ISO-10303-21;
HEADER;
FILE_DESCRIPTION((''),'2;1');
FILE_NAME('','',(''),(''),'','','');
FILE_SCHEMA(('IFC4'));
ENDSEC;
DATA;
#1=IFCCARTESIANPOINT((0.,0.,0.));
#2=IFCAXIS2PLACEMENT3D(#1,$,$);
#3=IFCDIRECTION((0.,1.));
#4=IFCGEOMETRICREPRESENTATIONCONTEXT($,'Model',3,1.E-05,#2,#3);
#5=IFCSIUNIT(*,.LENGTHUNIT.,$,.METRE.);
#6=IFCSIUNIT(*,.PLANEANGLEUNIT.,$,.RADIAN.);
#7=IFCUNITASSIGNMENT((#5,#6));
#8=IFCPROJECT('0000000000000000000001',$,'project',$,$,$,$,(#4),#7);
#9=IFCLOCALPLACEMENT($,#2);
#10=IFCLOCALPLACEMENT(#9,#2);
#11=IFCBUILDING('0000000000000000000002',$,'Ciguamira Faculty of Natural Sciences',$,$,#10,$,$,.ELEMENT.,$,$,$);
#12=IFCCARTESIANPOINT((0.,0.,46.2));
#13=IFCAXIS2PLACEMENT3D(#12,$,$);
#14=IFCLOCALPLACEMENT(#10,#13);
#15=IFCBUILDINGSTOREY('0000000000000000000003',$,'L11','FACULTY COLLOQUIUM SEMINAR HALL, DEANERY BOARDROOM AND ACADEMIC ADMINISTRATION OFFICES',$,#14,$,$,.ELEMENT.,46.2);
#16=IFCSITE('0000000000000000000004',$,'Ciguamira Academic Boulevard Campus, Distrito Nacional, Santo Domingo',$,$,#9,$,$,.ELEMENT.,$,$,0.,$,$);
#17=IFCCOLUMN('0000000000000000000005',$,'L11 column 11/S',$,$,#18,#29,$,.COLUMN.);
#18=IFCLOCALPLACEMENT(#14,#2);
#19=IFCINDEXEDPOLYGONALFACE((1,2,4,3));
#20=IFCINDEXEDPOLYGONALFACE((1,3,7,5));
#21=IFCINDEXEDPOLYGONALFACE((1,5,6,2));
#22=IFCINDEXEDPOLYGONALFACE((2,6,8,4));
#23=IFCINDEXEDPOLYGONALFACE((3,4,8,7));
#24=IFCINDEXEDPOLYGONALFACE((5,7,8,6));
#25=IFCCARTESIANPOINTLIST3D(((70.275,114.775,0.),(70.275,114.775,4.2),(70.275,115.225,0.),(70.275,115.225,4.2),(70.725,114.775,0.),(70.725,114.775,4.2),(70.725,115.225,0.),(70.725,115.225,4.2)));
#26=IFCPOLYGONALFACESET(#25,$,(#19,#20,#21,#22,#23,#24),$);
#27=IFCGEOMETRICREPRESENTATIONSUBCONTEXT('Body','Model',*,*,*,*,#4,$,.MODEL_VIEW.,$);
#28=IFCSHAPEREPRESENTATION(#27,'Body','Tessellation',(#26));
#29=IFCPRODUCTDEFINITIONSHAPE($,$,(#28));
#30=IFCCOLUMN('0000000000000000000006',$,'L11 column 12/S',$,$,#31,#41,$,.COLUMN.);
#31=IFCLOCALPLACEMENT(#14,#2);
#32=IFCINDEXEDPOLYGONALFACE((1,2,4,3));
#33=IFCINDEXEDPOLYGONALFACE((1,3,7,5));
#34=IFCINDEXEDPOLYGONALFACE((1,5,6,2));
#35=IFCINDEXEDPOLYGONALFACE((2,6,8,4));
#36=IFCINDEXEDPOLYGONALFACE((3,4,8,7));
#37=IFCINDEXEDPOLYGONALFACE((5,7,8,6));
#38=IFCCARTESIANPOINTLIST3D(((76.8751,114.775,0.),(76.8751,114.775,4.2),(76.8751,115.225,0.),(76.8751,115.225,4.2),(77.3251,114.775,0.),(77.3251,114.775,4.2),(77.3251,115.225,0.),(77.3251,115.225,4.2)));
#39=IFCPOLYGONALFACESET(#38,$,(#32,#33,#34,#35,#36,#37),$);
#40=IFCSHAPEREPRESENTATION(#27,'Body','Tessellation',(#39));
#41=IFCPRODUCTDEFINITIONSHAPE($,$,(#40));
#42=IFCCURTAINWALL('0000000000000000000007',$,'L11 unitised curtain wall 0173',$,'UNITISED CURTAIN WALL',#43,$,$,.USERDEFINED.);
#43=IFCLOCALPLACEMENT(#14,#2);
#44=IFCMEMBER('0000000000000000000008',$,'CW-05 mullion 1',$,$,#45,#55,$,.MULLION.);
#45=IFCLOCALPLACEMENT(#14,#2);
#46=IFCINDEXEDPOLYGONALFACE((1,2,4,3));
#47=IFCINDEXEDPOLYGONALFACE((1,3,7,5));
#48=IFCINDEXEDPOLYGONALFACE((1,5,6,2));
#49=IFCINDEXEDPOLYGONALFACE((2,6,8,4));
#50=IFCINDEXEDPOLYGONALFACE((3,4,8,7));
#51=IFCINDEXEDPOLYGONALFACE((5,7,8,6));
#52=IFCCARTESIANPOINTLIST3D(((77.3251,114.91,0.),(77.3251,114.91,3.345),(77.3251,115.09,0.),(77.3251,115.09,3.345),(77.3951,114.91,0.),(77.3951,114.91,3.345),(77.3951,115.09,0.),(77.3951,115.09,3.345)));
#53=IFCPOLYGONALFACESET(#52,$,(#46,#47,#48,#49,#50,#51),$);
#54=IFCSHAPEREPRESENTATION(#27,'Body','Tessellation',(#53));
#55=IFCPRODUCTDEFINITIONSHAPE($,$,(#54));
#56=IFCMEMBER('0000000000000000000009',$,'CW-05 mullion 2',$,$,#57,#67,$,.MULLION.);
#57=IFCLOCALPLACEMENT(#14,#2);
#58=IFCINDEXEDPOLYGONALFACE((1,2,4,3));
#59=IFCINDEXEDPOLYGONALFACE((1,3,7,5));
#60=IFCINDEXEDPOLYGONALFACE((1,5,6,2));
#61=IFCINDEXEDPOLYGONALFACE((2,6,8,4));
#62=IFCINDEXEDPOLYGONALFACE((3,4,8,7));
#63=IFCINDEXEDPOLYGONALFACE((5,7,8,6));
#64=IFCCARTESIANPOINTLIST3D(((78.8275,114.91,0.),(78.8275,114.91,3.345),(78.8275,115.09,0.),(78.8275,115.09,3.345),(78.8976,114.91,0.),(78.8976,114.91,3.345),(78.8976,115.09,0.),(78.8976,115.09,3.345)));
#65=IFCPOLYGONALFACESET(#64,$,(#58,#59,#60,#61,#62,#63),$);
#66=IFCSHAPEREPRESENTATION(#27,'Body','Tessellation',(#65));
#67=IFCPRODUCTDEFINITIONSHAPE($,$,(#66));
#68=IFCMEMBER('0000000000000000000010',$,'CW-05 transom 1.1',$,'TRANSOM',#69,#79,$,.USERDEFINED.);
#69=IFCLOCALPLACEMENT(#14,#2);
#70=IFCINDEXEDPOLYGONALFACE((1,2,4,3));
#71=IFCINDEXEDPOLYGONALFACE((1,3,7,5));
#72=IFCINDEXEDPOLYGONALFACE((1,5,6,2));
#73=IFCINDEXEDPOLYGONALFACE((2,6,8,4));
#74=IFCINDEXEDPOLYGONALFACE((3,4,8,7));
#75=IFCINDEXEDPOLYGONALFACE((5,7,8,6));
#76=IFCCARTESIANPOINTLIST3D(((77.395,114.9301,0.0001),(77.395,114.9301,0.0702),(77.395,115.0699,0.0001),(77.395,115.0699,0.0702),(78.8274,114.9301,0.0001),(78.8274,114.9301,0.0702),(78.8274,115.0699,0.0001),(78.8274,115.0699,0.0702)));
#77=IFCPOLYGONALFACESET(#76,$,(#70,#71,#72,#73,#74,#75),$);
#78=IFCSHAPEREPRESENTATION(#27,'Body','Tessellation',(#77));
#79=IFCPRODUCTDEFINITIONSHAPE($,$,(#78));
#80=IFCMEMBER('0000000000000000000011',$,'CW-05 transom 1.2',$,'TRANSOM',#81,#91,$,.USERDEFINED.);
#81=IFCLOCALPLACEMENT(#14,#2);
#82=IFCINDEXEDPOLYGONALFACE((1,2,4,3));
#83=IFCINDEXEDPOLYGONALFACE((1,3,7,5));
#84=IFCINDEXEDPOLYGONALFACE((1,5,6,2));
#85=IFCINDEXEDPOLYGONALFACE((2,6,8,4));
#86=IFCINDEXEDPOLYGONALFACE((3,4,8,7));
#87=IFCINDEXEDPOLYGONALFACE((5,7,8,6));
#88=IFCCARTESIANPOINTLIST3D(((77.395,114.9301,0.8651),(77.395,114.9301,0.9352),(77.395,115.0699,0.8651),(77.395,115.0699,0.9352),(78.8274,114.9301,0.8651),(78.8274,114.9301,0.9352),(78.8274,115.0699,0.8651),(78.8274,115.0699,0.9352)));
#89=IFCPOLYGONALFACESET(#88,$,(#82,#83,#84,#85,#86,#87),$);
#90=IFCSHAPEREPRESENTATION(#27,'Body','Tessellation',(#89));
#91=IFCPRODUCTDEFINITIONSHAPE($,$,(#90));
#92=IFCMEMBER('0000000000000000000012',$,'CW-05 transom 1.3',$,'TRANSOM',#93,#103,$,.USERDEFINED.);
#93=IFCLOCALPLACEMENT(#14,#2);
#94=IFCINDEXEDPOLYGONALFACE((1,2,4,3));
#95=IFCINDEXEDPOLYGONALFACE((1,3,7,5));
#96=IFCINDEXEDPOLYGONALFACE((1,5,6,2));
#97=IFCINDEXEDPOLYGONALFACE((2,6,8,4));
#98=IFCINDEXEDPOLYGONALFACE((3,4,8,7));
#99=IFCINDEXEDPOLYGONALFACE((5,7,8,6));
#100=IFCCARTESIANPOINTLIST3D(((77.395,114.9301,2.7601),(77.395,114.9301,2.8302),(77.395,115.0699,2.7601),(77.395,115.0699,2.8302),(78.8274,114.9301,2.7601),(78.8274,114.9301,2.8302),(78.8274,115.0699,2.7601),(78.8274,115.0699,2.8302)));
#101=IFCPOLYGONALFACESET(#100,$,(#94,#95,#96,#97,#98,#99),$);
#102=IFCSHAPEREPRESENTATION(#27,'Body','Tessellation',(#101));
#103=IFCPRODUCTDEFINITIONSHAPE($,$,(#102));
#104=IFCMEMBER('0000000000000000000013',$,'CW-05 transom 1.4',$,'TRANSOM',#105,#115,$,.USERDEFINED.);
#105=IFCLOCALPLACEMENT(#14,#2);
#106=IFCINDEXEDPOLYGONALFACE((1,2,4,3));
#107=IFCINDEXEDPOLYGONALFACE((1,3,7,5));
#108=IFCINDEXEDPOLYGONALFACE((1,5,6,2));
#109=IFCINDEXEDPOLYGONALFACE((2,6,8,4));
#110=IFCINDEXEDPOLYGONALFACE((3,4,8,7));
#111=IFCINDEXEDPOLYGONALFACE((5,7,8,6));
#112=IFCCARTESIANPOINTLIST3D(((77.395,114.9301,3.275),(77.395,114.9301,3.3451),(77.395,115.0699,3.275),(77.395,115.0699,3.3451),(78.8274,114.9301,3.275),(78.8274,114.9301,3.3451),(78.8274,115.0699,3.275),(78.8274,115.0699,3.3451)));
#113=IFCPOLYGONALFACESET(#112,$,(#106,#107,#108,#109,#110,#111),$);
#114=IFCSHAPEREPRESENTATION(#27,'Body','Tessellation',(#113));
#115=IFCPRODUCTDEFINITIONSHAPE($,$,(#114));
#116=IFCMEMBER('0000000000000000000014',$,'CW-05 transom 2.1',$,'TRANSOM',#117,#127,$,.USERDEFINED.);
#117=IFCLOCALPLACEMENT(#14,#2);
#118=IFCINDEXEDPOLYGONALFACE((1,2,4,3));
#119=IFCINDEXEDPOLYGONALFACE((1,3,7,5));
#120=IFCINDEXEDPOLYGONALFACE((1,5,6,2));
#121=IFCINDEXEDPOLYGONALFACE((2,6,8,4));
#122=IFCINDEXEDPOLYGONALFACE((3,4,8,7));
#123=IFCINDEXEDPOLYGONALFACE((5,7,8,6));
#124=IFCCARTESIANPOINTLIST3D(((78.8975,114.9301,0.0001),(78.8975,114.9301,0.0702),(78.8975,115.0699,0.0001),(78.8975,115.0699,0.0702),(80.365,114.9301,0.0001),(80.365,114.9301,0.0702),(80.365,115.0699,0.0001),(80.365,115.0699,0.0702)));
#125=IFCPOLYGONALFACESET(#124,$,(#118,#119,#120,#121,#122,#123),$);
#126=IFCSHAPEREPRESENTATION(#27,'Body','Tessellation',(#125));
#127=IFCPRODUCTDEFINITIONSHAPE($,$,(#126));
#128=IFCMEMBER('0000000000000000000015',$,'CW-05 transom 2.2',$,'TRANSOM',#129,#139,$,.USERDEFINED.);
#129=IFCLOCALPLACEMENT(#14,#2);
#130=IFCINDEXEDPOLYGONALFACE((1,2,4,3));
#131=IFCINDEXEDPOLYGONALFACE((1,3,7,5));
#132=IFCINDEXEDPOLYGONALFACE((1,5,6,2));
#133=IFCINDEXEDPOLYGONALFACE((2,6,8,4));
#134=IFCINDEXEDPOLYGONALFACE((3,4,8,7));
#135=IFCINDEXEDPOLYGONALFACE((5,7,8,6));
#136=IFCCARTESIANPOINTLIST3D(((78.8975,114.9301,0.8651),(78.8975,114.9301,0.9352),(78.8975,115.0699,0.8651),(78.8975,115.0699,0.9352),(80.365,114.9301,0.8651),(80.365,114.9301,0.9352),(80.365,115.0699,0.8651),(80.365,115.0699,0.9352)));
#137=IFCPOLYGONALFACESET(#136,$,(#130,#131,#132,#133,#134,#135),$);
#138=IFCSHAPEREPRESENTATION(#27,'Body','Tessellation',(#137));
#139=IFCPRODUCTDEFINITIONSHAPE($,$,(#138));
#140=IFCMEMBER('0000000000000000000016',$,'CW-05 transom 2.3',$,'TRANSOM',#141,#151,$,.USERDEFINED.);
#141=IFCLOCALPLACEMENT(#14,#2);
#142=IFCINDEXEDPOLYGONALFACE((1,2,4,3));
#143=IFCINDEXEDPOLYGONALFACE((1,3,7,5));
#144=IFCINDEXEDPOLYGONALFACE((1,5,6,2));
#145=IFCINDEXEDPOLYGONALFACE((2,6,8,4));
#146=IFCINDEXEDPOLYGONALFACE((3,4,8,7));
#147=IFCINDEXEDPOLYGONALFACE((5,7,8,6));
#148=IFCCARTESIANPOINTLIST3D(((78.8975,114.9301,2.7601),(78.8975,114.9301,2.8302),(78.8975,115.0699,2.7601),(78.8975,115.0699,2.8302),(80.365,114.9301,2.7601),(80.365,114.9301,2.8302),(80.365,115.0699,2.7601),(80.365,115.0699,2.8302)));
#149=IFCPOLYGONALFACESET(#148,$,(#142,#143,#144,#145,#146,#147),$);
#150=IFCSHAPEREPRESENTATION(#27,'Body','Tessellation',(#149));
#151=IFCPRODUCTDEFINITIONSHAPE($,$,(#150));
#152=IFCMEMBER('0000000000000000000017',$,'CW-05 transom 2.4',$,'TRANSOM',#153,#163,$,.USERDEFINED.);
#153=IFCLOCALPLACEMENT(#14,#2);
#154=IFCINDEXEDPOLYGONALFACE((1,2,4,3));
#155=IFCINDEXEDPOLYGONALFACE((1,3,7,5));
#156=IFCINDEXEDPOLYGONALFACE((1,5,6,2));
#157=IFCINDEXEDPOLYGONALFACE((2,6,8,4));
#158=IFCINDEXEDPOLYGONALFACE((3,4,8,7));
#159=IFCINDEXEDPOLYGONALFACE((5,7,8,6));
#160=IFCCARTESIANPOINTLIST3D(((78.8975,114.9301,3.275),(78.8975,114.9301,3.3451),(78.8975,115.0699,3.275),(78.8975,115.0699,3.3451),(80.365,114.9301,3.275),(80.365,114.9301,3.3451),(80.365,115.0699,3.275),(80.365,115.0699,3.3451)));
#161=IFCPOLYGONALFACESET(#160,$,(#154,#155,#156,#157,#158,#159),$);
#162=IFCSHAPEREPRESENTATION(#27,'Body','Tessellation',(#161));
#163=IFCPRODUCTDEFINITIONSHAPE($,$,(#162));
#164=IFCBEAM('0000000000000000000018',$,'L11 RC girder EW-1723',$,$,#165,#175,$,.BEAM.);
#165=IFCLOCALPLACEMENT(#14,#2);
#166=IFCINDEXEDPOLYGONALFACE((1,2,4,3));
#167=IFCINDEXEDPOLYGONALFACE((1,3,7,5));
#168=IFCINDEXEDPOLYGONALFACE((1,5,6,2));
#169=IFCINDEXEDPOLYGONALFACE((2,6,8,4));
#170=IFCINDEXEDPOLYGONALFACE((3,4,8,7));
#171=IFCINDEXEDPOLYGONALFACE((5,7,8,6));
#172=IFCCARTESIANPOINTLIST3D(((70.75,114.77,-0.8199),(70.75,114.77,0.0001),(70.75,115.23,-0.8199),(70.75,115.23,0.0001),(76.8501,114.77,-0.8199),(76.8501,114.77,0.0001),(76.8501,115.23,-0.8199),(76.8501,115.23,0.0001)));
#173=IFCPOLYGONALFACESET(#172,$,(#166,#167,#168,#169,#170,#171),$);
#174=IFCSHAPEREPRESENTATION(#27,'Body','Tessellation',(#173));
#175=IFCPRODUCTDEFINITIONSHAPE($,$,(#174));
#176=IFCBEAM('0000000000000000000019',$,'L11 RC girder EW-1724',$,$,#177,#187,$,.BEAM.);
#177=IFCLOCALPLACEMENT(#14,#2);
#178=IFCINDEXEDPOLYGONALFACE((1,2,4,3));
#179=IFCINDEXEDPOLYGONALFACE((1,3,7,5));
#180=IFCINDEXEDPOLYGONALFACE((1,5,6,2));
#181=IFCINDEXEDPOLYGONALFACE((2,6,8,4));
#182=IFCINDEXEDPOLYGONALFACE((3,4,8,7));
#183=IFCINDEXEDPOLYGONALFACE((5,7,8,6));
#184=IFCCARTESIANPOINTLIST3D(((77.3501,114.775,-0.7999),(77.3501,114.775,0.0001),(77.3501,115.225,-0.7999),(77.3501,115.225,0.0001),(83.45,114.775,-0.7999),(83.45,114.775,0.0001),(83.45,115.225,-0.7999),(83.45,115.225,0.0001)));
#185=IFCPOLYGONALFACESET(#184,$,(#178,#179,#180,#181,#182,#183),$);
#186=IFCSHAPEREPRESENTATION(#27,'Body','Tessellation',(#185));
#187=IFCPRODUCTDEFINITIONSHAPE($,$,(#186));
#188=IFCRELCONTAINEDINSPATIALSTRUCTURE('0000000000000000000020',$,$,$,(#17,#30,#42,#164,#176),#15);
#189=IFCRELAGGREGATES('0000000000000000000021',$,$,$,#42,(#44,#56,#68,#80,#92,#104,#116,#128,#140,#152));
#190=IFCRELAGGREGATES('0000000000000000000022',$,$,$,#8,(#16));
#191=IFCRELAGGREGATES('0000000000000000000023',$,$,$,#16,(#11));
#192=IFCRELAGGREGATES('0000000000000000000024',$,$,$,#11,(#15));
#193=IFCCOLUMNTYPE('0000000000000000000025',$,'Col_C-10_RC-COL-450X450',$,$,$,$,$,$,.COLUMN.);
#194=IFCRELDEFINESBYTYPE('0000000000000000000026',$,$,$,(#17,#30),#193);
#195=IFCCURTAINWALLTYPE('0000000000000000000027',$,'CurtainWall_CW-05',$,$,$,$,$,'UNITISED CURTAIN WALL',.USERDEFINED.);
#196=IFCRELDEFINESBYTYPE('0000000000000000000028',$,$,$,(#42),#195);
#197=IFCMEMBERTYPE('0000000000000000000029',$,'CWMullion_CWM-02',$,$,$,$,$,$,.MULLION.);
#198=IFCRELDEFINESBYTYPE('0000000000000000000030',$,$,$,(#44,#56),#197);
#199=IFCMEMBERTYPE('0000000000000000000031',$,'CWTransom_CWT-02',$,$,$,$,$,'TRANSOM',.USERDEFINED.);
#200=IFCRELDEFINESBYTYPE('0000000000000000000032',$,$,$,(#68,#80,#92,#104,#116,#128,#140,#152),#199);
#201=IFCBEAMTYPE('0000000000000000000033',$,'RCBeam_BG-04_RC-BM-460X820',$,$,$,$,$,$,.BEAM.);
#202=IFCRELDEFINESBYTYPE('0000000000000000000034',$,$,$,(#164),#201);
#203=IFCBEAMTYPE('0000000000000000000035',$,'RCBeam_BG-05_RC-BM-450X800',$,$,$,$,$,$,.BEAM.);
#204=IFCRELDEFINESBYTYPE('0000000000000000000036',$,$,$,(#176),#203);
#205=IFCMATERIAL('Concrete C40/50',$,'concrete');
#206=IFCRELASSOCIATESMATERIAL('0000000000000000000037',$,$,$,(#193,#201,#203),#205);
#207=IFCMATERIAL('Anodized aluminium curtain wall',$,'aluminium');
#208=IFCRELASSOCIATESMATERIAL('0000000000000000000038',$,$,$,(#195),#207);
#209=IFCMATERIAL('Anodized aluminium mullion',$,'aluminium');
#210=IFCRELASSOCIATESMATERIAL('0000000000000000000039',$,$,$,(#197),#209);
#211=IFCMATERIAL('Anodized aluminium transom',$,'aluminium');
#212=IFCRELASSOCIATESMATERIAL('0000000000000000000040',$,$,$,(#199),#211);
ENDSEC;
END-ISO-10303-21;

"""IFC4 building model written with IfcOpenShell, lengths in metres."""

from ifc_helpers import new_model, si_unit, direction, frame, origin, origin_2d, place, context, subcontext, project, spatial, rectangle, extrude, material, material_profile, profile_set, type_object, element, aggregate, save


model = new_model("IFC4")

# Units and contexts
model_context = context("Model", 3, precision=1e-05, world=origin(), true_north=direction((0.0, 1.0)))
body_context = subcontext(model_context, "Body", "Model", "MODEL_VIEW")
ifc_project = project(units=[si_unit("LENGTHUNIT", "METRE"), si_unit("PLANEANGLEUNIT", "RADIAN")], contexts=[model_context])

# Site, building, storey
site_placement = place(None, origin())
site = spatial("IfcSite", under=ifc_project, at=site_placement, Name="Ciguamira Academic Boulevard Campus, Distrito Nacional, Santo Domingo", CompositionType="ELEMENT", RefElevation=0.0)
building_placement = place(site_placement, origin())
building = spatial("IfcBuilding", under=site, at=building_placement, Name="Ciguamira Faculty of Natural Sciences", CompositionType="ELEMENT")
storey_placement = place(building_placement, frame((0.0, 0.0, 46.2)))
storey = spatial("IfcBuildingStorey", under=building, at=storey_placement, Name="L11", Description="FACULTY COLLOQUIUM SEMINAR HALL, DEANERY BOARDROOM AND ACADEMIC ADMINISTRATION OFFICES", CompositionType="ELEMENT", Elevation=46.2)

# Columns
ifc_material_1 = material(Name="Concrete C40/50", Category="concrete")
ifc_material_profile_1 = material_profile(ifc_material_1, rectangle(XDim=0.45, YDim=0.45, at=origin_2d()), Name="RC-COL-450X450")
ifc_profile_set_1 = profile_set([ifc_material_profile_1], Name="Concrete C40/50")
column_type = type_object("IfcColumnType", Name="Col_C-10_RC-COL-450X450", PredefinedType="COLUMN", material=ifc_profile_set_1)
for number, where, z_axis, x_axis, name in (
    (1, (70.5, 115.0, 0.0), (0.0, 0.0, 1.0), (1.0, 0.0, 0.0), "L11 column 11/S"),
    (2, (77.1001, 115.0, 0.0), (0.0, 0.0, 1.0), (1.0, 0.0, 0.0), "L11 column 12/S"),
):
    element("IfcColumn", number, at=place(storey_placement, frame(where, z_axis=z_axis, x_axis=x_axis)), inside=storey, type_object=column_type, Name=name, PredefinedType="COLUMN", context=body_context, shape_type="SweptSolid", body=[
        extrude(rectangle(XDim=0.45, YDim=0.45, at=origin_2d()), origin(), (0.0, 0.0, 1.0), 4.2),
    ])

# Curtain wall, members
ifc_material_2 = material(Name="Anodized aluminium curtain wall", Category="aluminium")
curtain_wall_type = type_object("IfcCurtainWallType", Name="CurtainWall_CW-05", ElementType="UNITISED CURTAIN WALL", PredefinedType="USERDEFINED", material=ifc_material_2)
curtain_wall_placement = place(storey_placement, origin())
curtain_wall = element("IfcCurtainWall", 3, at=curtain_wall_placement, inside=storey, type_object=curtain_wall_type, Name="L11 unitised curtain wall 0173", ObjectType="UNITISED CURTAIN WALL", PredefinedType="USERDEFINED")
ifc_material_3 = material(Name="Anodized aluminium mullion", Category="aluminium")
ifc_material_profile_2 = material_profile(ifc_material_3, rectangle(XDim=0.0701, YDim=0.1799, at=origin_2d()), Name="ALU-MUL-70X180")
ifc_profile_set_2 = profile_set([ifc_material_profile_2], Name="Anodized aluminium mullion")
member_type_1 = type_object("IfcMemberType", Name="CWMullion_CWM-02", PredefinedType="MULLION", material=ifc_profile_set_2)
member_1_placement = place(storey_placement, frame((77.3601, 115.0, 0.0), z_axis=(0.0, 0.0, 1.0), x_axis=(1.0, 0.0, 0.0)))
member_1 = element("IfcMember", 4, at=member_1_placement, type_object=member_type_1, Name="CW-05 mullion 1", PredefinedType="MULLION", context=body_context, shape_type="SweptSolid", body=[
    extrude(rectangle(XDim=0.0701, YDim=0.1799, at=origin_2d()), origin(), (0.0, 0.0, 1.0), 3.345),
])
member_2_placement = place(storey_placement, frame((78.8625, 115.0, 0.0), z_axis=(0.0, 0.0, 1.0), x_axis=(1.0, 0.0, 0.0)))
member_2 = element("IfcMember", 5, at=member_2_placement, type_object=member_type_1, Name="CW-05 mullion 2", PredefinedType="MULLION", context=body_context, shape_type="SweptSolid", body=[
    extrude(rectangle(XDim=0.0701, YDim=0.1799, at=origin_2d()), origin(), (0.0, 0.0, 1.0), 3.345),
])
ifc_material_4 = material(Name="Anodized aluminium transom", Category="aluminium")
ifc_material_profile_3 = material_profile(ifc_material_4, rectangle(XDim=0.0701, YDim=0.1399, at=origin_2d()), Name="ALU-TRN-70X140")
ifc_profile_set_3 = profile_set([ifc_material_profile_3], Name="Anodized aluminium transom")
member_type_2 = type_object("IfcMemberType", Name="CWTransom_CWT-02", ElementType="TRANSOM", PredefinedType="USERDEFINED", material=ifc_profile_set_3)
member_3_placement = place(storey_placement, frame((77.395, 115.0, 0.0352), z_axis=(1.0, 0.0, 0.0), x_axis=(0.0, 0.0, 1.0)))
member_3 = element("IfcMember", 6, at=member_3_placement, type_object=member_type_2, Name="CW-05 transom 1.1", ObjectType="TRANSOM", PredefinedType="USERDEFINED", context=body_context, shape_type="SweptSolid", body=[
    extrude(rectangle(XDim=0.0701, YDim=0.1399, at=origin_2d()), origin(), (0.0, 0.0, 1.0), 1.4324),
])
member_4_placement = place(storey_placement, frame((77.395, 115.0, 0.9001), z_axis=(1.0, 0.0, 0.0), x_axis=(0.0, 0.0, 1.0)))
member_4 = element("IfcMember", 7, at=member_4_placement, type_object=member_type_2, Name="CW-05 transom 1.2", ObjectType="TRANSOM", PredefinedType="USERDEFINED", context=body_context, shape_type="SweptSolid", body=[
    extrude(rectangle(XDim=0.0701, YDim=0.1399, at=origin_2d()), origin(), (0.0, 0.0, 1.0), 1.4324),
])
member_5_placement = place(storey_placement, frame((77.395, 115.0, 2.7952), z_axis=(1.0, 0.0, 0.0), x_axis=(0.0, 0.0, 1.0)))
member_5 = element("IfcMember", 8, at=member_5_placement, type_object=member_type_2, Name="CW-05 transom 1.3", ObjectType="TRANSOM", PredefinedType="USERDEFINED", context=body_context, shape_type="SweptSolid", body=[
    extrude(rectangle(XDim=0.0701, YDim=0.1399, at=origin_2d()), origin(), (0.0, 0.0, 1.0), 1.4324),
])
member_6_placement = place(storey_placement, frame((77.395, 115.0, 3.3101), z_axis=(1.0, 0.0, 0.0), x_axis=(0.0, 0.0, 1.0)))
member_6 = element("IfcMember", 9, at=member_6_placement, type_object=member_type_2, Name="CW-05 transom 1.4", ObjectType="TRANSOM", PredefinedType="USERDEFINED", context=body_context, shape_type="SweptSolid", body=[
    extrude(rectangle(XDim=0.0701, YDim=0.1399, at=origin_2d()), origin(), (0.0, 0.0, 1.0), 1.4324),
])
member_7_placement = place(storey_placement, frame((78.8975, 115.0, 0.0352), z_axis=(1.0, 0.0, 0.0), x_axis=(0.0, 0.0, 1.0)))
member_7 = element("IfcMember", 10, at=member_7_placement, type_object=member_type_2, Name="CW-05 transom 2.1", ObjectType="TRANSOM", PredefinedType="USERDEFINED", context=body_context, shape_type="SweptSolid", body=[
    extrude(rectangle(XDim=0.0701, YDim=0.1399, at=origin_2d()), origin(), (0.0, 0.0, 1.0), 1.4675),
])
member_8_placement = place(storey_placement, frame((78.8975, 115.0, 0.9001), z_axis=(1.0, 0.0, 0.0), x_axis=(0.0, 0.0, 1.0)))
member_8 = element("IfcMember", 11, at=member_8_placement, type_object=member_type_2, Name="CW-05 transom 2.2", ObjectType="TRANSOM", PredefinedType="USERDEFINED", context=body_context, shape_type="SweptSolid", body=[
    extrude(rectangle(XDim=0.0701, YDim=0.1399, at=origin_2d()), origin(), (0.0, 0.0, 1.0), 1.4675),
])
member_9_placement = place(storey_placement, frame((78.8975, 115.0, 2.7952), z_axis=(1.0, 0.0, 0.0), x_axis=(0.0, 0.0, 1.0)))
member_9 = element("IfcMember", 12, at=member_9_placement, type_object=member_type_2, Name="CW-05 transom 2.3", ObjectType="TRANSOM", PredefinedType="USERDEFINED", context=body_context, shape_type="SweptSolid", body=[
    extrude(rectangle(XDim=0.0701, YDim=0.1399, at=origin_2d()), origin(), (0.0, 0.0, 1.0), 1.4675),
])
member_10_placement = place(storey_placement, frame((78.8975, 115.0, 3.3101), z_axis=(1.0, 0.0, 0.0), x_axis=(0.0, 0.0, 1.0)))
member_10 = element("IfcMember", 13, at=member_10_placement, type_object=member_type_2, Name="CW-05 transom 2.4", ObjectType="TRANSOM", PredefinedType="USERDEFINED", context=body_context, shape_type="SweptSolid", body=[
    extrude(rectangle(XDim=0.0701, YDim=0.1399, at=origin_2d()), origin(), (0.0, 0.0, 1.0), 1.4675),
])

# Beams
ifc_material_profile_4 = material_profile(ifc_material_1, rectangle(XDim=0.46, YDim=0.8201, at=origin_2d()), Name="RC-BM-460X820")
ifc_profile_set_4 = profile_set([ifc_material_profile_4], Name="Concrete C40/50")
beam_type_1 = type_object("IfcBeamType", Name="RCBeam_BG-04_RC-BM-460X820", PredefinedType="BEAM", material=ifc_profile_set_4)
beam_1_placement = place(storey_placement, frame((70.75, 115.0, -0.4099), z_axis=(1.0, 0.0, 0.0), x_axis=(0.0, 1.0, 0.0)))
element("IfcBeam", 14, at=beam_1_placement, inside=storey, type_object=beam_type_1, Name="L11 RC girder EW-1723", PredefinedType="BEAM", context=body_context, shape_type="SweptSolid", body=[
    extrude(rectangle(XDim=0.46, YDim=0.8201, at=origin_2d()), origin(), (0.0, 0.0, 1.0), 6.1001),
])
ifc_material_profile_5 = material_profile(ifc_material_1, rectangle(XDim=0.45, YDim=0.8, at=origin_2d()), Name="RC-BM-450X800")
ifc_profile_set_5 = profile_set([ifc_material_profile_5], Name="Concrete C40/50")
beam_type_2 = type_object("IfcBeamType", Name="RCBeam_BG-05_RC-BM-450X800", PredefinedType="BEAM", material=ifc_profile_set_5)
beam_2_placement = place(storey_placement, frame((77.3501, 115.0, -0.3999), z_axis=(1.0, 0.0, 0.0), x_axis=(0.0, 1.0, 0.0)))
element("IfcBeam", 15, at=beam_2_placement, inside=storey, type_object=beam_type_2, Name="L11 RC girder EW-1724", PredefinedType="BEAM", context=body_context, shape_type="SweptSolid", body=[
    extrude(rectangle(XDim=0.45, YDim=0.8, at=origin_2d()), origin(), (0.0, 0.0, 1.0), 6.0999),
])

aggregate(curtain_wall, [member_1, member_2, member_3, member_4, member_5, member_6, member_7, member_8, member_9, member_10])

save(model, "model.ifc")
